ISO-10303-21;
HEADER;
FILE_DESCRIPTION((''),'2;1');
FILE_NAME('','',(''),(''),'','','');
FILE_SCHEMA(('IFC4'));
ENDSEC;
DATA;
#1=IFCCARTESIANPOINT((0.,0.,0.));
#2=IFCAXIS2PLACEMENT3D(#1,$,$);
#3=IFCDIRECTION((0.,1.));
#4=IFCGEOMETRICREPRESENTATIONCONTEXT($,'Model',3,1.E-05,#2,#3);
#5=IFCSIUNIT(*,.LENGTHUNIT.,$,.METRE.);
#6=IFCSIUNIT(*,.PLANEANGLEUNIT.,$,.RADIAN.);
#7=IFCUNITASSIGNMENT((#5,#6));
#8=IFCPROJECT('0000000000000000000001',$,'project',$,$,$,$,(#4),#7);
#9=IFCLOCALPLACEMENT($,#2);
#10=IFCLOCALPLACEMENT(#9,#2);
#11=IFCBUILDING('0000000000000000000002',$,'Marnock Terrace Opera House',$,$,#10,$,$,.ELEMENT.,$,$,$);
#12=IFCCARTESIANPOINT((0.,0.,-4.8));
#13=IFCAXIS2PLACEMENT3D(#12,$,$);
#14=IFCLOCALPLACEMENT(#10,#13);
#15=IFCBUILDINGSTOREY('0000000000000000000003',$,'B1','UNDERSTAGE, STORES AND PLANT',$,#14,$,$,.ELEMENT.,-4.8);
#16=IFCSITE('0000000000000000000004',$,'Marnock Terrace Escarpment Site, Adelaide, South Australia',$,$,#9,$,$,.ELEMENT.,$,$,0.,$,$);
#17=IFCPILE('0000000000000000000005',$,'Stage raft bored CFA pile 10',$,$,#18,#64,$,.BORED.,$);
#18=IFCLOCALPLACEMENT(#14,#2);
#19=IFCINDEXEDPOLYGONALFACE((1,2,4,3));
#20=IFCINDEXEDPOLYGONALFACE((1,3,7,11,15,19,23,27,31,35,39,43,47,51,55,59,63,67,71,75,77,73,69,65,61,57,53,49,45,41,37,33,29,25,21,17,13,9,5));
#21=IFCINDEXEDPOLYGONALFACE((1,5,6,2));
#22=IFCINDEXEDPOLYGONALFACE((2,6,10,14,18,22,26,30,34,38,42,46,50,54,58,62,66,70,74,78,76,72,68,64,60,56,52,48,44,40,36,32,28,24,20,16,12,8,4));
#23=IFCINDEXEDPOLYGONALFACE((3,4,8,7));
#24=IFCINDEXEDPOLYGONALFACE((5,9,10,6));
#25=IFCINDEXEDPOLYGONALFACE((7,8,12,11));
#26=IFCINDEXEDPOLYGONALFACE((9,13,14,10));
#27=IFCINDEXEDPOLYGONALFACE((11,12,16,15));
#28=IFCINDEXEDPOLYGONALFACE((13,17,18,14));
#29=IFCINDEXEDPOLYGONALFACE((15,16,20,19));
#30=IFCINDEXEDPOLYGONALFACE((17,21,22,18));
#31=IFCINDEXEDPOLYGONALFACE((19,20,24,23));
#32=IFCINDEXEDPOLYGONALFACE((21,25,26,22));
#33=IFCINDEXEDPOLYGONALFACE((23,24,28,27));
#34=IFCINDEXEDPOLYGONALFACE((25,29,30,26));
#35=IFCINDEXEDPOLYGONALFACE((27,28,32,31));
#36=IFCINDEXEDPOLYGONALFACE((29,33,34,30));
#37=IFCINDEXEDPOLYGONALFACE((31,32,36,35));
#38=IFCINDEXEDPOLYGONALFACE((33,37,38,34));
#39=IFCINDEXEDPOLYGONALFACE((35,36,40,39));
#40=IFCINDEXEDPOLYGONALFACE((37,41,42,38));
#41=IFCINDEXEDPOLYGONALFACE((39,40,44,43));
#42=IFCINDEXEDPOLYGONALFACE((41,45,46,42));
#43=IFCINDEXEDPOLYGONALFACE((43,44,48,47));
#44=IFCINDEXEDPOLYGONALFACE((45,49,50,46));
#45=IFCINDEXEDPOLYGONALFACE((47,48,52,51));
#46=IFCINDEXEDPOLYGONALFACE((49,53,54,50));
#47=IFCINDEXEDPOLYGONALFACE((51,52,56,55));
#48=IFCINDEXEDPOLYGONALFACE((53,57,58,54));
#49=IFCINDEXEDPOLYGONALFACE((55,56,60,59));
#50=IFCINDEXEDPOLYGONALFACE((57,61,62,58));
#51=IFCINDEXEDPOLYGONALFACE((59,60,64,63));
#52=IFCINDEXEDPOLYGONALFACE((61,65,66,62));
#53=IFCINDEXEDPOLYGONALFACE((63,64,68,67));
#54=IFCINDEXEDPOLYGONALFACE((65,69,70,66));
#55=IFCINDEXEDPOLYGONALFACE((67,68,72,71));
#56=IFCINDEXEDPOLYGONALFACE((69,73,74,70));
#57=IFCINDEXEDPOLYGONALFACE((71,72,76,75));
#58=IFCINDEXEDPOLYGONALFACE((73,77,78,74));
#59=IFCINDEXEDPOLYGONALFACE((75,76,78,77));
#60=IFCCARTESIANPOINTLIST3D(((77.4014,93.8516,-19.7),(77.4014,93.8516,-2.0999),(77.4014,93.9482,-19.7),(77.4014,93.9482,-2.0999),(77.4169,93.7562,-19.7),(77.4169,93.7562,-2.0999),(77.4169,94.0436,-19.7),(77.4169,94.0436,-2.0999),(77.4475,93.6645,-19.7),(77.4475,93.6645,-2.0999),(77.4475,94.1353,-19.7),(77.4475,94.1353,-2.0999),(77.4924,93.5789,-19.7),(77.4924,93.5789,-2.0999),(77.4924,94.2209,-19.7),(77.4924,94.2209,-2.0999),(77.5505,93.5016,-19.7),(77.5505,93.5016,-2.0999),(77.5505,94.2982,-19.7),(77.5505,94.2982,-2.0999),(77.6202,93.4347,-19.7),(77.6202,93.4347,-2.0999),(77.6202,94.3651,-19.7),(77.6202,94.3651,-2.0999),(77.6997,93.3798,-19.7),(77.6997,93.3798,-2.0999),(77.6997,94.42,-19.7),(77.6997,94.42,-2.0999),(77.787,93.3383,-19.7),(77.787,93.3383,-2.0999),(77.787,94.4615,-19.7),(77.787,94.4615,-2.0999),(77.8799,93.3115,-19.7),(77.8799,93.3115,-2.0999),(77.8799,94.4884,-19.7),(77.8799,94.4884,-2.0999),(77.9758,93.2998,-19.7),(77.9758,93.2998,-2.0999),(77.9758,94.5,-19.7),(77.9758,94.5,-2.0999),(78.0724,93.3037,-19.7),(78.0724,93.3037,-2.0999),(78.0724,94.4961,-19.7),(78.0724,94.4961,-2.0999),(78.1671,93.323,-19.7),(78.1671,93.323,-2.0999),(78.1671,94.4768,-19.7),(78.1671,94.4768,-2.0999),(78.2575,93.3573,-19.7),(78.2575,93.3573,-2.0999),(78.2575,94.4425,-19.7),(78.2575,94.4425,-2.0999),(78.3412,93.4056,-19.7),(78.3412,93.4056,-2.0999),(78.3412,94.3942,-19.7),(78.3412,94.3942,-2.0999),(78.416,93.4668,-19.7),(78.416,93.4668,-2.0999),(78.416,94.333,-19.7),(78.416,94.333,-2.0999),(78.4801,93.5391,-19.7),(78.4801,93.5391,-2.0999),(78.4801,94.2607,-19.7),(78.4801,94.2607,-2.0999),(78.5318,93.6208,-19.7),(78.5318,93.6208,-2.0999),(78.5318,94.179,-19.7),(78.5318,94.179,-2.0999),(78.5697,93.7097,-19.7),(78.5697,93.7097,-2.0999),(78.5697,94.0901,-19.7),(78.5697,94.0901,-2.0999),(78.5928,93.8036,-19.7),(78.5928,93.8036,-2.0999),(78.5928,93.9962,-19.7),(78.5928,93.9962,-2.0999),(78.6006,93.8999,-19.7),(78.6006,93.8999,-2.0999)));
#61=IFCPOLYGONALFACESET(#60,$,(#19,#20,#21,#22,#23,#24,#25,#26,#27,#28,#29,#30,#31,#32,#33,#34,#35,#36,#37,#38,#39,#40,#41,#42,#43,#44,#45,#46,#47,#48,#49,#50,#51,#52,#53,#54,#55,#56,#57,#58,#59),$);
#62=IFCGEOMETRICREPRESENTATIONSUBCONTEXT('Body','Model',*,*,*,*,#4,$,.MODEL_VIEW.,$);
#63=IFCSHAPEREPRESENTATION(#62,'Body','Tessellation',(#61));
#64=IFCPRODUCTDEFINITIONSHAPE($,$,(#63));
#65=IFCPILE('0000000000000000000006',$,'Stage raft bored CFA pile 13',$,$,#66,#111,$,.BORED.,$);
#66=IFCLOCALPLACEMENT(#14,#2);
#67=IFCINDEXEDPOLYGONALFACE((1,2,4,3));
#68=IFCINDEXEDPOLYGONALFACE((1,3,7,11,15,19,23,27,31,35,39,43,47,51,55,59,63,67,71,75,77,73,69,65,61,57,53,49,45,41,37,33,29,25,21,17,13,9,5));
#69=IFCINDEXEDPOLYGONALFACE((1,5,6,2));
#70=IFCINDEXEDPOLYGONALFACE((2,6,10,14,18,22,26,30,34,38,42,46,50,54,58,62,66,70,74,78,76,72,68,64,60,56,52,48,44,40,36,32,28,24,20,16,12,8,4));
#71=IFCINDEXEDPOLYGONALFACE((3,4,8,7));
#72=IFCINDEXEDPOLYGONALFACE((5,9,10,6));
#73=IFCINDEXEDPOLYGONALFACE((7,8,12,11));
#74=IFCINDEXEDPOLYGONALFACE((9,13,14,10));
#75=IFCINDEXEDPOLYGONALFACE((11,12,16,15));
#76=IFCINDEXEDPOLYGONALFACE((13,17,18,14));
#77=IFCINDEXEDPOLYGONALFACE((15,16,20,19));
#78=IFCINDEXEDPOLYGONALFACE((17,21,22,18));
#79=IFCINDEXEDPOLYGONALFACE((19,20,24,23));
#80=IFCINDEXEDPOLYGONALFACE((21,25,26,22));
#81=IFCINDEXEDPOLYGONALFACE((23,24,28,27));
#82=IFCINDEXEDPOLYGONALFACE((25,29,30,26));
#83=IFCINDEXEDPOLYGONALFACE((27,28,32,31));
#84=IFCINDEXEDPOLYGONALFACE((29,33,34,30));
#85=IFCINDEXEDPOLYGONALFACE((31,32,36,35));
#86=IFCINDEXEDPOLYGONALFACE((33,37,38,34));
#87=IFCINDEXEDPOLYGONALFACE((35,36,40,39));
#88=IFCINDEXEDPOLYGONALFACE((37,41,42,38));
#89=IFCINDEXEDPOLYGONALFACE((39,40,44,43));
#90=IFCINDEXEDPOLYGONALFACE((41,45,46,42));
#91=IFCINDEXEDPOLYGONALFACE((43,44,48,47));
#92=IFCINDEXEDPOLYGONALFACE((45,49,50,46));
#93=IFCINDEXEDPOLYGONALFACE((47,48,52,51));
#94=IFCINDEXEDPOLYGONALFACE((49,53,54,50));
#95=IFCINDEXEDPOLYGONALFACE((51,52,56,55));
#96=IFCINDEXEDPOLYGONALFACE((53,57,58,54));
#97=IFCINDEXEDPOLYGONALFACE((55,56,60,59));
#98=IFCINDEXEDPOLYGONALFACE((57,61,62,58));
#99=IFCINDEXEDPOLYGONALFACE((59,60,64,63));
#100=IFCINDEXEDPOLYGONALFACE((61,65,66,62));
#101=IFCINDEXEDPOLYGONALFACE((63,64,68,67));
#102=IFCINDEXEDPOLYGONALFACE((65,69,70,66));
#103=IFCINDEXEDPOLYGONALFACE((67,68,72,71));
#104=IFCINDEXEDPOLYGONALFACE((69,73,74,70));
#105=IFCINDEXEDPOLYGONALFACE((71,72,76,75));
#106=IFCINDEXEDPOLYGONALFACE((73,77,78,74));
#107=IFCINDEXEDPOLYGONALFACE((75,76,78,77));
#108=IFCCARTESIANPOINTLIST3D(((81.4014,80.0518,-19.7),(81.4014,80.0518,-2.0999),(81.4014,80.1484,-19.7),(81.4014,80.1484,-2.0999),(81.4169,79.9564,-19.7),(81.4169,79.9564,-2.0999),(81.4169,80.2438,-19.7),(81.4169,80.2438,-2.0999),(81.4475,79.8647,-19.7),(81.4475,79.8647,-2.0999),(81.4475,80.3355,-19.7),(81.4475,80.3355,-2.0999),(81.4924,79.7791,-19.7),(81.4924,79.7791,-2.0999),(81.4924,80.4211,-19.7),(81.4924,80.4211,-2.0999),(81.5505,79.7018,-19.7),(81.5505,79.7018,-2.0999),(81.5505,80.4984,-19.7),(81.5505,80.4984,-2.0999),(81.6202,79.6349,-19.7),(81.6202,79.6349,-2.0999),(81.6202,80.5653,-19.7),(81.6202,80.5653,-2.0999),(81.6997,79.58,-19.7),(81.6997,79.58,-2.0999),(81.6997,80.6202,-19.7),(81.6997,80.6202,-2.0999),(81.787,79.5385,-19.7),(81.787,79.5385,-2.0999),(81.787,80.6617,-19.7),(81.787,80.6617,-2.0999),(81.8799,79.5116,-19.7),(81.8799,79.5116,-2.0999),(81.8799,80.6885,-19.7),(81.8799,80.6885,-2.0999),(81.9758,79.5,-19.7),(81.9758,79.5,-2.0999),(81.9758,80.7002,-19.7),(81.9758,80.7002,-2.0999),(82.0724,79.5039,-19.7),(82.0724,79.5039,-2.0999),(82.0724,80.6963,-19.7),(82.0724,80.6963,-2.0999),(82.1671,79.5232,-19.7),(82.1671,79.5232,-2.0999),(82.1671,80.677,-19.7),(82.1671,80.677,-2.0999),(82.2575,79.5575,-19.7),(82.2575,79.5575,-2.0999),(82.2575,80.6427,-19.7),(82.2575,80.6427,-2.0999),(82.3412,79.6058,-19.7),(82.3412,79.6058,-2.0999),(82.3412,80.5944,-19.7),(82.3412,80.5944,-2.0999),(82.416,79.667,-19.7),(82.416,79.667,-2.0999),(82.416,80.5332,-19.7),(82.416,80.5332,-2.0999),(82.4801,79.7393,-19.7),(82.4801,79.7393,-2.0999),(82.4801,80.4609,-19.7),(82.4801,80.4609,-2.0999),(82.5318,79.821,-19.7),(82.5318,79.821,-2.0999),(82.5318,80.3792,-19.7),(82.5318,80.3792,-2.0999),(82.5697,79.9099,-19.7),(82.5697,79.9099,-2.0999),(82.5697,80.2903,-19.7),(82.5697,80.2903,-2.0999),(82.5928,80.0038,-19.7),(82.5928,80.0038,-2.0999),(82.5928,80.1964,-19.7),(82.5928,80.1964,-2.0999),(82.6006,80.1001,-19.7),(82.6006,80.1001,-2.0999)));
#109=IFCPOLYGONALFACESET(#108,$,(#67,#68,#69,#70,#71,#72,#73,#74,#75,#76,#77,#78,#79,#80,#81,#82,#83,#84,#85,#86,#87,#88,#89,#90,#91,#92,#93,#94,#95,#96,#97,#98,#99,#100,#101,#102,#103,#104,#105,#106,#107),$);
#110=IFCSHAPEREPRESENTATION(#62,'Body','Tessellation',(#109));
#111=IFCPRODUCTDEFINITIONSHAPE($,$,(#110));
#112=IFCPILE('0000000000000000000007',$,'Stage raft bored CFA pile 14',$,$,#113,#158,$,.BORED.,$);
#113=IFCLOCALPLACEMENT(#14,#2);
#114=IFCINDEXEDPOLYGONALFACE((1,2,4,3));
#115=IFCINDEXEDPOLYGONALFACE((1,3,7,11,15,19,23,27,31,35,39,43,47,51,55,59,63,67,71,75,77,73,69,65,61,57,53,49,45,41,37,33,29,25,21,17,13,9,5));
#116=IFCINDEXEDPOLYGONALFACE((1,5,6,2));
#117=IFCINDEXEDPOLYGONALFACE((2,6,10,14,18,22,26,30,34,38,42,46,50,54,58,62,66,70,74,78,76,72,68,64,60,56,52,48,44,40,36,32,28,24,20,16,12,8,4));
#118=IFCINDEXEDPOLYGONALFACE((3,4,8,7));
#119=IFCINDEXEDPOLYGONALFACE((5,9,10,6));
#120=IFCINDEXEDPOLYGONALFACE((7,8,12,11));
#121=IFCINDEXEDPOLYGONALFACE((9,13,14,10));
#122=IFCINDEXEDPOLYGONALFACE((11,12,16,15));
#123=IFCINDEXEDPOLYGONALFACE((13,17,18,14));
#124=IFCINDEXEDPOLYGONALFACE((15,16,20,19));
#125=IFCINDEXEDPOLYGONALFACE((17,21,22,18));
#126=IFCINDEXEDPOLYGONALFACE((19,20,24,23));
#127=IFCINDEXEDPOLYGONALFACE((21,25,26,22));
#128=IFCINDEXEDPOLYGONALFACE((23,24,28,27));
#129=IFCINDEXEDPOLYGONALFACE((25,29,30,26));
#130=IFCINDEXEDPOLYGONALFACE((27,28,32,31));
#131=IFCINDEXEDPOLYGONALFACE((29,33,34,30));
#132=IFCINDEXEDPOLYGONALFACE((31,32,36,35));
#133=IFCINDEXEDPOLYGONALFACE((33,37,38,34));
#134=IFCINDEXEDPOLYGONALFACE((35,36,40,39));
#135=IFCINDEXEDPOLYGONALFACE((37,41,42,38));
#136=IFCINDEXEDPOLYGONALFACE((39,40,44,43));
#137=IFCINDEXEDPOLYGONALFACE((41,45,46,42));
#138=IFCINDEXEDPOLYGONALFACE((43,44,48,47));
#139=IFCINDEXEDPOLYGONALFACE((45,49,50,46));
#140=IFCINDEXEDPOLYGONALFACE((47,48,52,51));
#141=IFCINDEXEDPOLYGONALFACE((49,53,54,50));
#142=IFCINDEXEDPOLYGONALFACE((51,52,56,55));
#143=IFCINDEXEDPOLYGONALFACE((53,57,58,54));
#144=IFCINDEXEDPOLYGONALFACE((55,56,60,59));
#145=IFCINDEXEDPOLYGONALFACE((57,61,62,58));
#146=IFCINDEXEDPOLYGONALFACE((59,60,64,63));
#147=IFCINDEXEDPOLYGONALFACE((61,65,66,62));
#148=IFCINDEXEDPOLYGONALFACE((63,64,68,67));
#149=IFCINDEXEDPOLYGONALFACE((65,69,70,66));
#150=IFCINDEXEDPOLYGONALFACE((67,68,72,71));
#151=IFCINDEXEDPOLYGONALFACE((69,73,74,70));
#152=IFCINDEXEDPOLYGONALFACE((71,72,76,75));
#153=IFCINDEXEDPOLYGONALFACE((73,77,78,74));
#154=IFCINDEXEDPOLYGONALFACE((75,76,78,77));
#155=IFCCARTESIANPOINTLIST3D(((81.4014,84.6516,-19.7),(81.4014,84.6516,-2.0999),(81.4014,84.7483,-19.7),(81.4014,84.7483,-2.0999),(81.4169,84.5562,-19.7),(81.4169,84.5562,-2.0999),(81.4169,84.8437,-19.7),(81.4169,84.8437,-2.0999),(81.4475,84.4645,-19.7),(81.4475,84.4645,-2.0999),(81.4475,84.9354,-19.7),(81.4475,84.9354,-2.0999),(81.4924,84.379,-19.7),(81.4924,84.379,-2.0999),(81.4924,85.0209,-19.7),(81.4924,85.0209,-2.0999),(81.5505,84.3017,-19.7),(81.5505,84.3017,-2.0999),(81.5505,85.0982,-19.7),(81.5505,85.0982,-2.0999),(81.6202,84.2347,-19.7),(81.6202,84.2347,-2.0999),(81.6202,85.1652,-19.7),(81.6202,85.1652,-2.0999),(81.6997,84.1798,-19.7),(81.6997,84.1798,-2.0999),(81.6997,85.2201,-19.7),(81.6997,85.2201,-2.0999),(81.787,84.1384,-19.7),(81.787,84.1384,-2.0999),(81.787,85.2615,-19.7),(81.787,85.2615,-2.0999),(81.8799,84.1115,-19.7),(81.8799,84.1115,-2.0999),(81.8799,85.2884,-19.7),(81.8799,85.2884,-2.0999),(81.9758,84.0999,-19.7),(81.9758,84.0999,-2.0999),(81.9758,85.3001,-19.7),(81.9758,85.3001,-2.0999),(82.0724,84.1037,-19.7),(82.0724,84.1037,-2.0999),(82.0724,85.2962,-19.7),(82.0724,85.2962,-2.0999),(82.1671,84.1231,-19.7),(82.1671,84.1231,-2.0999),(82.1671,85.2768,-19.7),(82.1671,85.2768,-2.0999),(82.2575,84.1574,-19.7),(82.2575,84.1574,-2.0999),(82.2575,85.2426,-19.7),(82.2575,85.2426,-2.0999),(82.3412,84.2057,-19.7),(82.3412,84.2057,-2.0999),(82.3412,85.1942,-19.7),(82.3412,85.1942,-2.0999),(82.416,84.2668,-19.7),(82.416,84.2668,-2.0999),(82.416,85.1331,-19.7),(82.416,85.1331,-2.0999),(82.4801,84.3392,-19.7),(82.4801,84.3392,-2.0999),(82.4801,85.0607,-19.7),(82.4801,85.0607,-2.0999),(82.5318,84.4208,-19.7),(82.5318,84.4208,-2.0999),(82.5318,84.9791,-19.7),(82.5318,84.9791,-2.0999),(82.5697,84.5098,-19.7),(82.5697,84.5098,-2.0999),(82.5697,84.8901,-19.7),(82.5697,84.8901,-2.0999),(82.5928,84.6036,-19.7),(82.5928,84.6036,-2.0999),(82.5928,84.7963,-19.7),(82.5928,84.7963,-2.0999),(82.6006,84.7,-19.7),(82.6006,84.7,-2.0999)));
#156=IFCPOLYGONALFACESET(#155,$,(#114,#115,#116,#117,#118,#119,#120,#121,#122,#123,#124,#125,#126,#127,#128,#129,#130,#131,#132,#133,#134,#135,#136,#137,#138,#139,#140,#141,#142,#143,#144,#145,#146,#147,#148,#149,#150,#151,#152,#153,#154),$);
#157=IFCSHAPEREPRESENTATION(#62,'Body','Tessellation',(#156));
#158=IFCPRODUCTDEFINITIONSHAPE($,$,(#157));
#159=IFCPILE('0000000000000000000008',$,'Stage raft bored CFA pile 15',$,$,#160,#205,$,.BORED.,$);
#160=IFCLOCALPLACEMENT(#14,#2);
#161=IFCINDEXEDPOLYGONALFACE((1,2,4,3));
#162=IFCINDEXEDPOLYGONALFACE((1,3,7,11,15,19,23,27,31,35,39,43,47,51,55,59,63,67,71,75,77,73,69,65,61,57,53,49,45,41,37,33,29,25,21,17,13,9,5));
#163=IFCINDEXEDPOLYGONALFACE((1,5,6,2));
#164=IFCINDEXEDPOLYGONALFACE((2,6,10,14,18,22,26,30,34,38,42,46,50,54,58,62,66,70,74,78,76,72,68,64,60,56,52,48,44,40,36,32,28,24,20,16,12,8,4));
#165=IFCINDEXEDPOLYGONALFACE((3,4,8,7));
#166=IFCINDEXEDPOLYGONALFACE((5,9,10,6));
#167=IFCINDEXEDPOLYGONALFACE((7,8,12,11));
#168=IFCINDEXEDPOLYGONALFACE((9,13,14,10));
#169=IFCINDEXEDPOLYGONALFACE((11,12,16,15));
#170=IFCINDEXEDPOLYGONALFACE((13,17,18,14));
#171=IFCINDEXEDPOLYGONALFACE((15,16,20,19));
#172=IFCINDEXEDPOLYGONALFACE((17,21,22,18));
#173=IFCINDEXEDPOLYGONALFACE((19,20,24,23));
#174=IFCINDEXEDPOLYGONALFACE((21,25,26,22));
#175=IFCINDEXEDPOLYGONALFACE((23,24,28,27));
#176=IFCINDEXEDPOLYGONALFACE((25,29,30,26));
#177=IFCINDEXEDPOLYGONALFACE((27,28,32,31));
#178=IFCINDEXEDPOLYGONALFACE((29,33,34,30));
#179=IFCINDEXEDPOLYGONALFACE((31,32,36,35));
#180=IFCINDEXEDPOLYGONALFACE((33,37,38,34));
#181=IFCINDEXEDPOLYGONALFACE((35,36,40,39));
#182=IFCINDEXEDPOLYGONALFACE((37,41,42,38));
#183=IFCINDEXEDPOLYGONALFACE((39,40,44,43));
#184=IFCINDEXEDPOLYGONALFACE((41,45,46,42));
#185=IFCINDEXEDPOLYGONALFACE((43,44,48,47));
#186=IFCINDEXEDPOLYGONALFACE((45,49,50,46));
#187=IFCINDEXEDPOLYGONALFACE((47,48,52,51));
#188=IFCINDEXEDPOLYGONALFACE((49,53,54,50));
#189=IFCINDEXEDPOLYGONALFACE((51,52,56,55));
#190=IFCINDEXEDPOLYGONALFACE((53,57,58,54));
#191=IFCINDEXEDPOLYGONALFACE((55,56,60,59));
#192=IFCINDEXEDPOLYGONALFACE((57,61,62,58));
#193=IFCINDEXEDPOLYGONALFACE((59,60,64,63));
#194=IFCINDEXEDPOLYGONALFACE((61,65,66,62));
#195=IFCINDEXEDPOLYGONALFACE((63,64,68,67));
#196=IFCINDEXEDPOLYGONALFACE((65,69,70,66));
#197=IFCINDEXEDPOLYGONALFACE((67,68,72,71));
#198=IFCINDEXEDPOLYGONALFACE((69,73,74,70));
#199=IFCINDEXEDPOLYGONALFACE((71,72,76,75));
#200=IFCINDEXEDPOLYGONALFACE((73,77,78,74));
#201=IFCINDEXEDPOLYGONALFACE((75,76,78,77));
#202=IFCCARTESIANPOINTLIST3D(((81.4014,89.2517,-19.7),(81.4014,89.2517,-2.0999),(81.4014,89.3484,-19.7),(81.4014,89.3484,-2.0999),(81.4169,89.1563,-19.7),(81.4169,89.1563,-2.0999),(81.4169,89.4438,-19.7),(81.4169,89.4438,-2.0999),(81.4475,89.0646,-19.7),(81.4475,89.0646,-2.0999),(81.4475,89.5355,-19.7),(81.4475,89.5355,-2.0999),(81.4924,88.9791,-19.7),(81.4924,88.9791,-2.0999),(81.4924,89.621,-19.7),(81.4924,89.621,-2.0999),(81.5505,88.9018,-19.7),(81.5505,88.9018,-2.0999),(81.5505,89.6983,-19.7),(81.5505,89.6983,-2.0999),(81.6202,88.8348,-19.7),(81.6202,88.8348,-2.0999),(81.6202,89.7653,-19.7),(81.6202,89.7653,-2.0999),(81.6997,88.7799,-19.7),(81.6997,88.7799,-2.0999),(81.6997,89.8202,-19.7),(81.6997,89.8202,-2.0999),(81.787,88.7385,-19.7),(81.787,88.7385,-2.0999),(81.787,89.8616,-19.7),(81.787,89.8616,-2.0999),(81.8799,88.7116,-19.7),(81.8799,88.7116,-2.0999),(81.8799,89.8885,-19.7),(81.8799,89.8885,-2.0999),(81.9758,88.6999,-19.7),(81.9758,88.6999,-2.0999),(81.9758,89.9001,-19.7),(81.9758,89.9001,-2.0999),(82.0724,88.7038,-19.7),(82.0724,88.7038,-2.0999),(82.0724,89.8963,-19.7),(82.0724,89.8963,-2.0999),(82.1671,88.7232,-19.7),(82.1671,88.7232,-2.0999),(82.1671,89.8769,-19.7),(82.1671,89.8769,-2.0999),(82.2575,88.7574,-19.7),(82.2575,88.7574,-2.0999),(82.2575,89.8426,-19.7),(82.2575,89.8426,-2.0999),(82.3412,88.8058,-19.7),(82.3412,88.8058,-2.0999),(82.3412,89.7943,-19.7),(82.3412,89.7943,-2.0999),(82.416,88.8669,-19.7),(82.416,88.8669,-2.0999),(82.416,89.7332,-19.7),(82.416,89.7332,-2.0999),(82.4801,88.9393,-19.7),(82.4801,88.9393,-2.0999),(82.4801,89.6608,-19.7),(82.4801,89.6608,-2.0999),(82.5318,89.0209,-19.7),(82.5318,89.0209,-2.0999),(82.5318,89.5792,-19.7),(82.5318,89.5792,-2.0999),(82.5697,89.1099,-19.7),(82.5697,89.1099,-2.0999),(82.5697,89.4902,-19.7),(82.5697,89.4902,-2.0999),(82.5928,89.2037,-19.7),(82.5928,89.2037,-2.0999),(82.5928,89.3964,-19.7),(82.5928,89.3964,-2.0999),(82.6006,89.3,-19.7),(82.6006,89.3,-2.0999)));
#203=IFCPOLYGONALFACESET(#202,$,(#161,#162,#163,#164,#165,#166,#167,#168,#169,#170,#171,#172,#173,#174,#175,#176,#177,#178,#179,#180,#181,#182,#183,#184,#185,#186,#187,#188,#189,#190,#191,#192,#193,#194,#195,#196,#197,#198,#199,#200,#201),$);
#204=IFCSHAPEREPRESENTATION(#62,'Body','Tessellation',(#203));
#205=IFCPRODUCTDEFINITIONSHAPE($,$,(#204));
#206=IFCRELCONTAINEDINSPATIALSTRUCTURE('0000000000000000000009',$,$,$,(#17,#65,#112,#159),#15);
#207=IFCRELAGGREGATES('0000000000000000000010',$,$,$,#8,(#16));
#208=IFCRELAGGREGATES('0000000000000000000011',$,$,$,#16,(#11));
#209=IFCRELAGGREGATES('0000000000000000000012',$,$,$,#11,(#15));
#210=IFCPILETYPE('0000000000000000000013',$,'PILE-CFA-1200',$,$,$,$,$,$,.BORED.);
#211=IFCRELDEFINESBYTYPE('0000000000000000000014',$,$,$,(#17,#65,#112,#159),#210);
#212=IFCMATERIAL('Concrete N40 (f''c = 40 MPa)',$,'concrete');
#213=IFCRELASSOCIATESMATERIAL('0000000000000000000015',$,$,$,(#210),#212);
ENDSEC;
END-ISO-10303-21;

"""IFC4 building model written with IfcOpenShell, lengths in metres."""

from ifc_helpers import new_model, si_unit, direction, frame, origin, origin_2d, place, context, subcontext, project, spatial, circle, extrude, material, material_profile, profile_set, type_object, element, save


model = new_model("IFC4")

# Units and contexts
model_context = context("Model", 3, precision=1e-05, world=origin(), true_north=direction((0.0, 1.0)))
body_context = subcontext(model_context, "Body", "Model", "MODEL_VIEW")
ifc_project = project(units=[si_unit("LENGTHUNIT", "METRE"), si_unit("PLANEANGLEUNIT", "RADIAN")], contexts=[model_context])

# Site, building, storey
site_placement = place(None, origin())
site = spatial("IfcSite", under=ifc_project, at=site_placement, Name="Marnock Terrace Escarpment Site, Adelaide, South Australia", CompositionType="ELEMENT", RefElevation=0.0)
building_placement = place(site_placement, origin())
building = spatial("IfcBuilding", under=site, at=building_placement, Name="Marnock Terrace Opera House", CompositionType="ELEMENT")
storey_placement = place(building_placement, frame((0.0, 0.0, -4.8)))
storey = spatial("IfcBuildingStorey", under=building, at=storey_placement, Name="B1", Description="UNDERSTAGE, STORES AND PLANT", CompositionType="ELEMENT", Elevation=-4.8)

# Shared definitions
ifc_material_1 = material(Name="Concrete N40 (f'c = 40 MPa)", Category="concrete")

# Piles
ifc_material_profile_1 = material_profile(ifc_material_1, circle(Radius=0.6006, at=origin_2d()))
ifc_profile_set_1 = profile_set([ifc_material_profile_1], Name="Concrete N40 (f'c = 40 MPa)")
pile_type = type_object("IfcPileType", Name="PILE-CFA-1200", PredefinedType="BORED", material=ifc_profile_set_1)
for number, where, z_axis, x_axis, name in (
    (1, (78.0, 93.8999, -2.0999), (0.0, 0.0, -1.0), (1.0, 0.0, 0.0), "Stage raft bored CFA pile 10"),
    (2, (82.0, 80.1001, -2.0999), (0.0, 0.0, -1.0), (1.0, 0.0, 0.0), "Stage raft bored CFA pile 13"),
    (3, (82.0, 84.7, -2.0999), (0.0, 0.0, -1.0), (1.0, 0.0, 0.0), "Stage raft bored CFA pile 14"),
    (4, (82.0, 89.3, -2.0999), (0.0, 0.0, -1.0), (1.0, 0.0, 0.0), "Stage raft bored CFA pile 15"),
):
    element("IfcPile", number, at=place(storey_placement, frame(where, z_axis=z_axis, x_axis=x_axis)), inside=storey, type_object=pile_type, Name=name, PredefinedType="BORED", context=body_context, shape_type="SweptSolid", body=[
        extrude(circle(Radius=0.6006, at=origin_2d()), origin(), (0.0, 0.0, 1.0), 17.6001),
    ])

save(model, "model.ifc")
